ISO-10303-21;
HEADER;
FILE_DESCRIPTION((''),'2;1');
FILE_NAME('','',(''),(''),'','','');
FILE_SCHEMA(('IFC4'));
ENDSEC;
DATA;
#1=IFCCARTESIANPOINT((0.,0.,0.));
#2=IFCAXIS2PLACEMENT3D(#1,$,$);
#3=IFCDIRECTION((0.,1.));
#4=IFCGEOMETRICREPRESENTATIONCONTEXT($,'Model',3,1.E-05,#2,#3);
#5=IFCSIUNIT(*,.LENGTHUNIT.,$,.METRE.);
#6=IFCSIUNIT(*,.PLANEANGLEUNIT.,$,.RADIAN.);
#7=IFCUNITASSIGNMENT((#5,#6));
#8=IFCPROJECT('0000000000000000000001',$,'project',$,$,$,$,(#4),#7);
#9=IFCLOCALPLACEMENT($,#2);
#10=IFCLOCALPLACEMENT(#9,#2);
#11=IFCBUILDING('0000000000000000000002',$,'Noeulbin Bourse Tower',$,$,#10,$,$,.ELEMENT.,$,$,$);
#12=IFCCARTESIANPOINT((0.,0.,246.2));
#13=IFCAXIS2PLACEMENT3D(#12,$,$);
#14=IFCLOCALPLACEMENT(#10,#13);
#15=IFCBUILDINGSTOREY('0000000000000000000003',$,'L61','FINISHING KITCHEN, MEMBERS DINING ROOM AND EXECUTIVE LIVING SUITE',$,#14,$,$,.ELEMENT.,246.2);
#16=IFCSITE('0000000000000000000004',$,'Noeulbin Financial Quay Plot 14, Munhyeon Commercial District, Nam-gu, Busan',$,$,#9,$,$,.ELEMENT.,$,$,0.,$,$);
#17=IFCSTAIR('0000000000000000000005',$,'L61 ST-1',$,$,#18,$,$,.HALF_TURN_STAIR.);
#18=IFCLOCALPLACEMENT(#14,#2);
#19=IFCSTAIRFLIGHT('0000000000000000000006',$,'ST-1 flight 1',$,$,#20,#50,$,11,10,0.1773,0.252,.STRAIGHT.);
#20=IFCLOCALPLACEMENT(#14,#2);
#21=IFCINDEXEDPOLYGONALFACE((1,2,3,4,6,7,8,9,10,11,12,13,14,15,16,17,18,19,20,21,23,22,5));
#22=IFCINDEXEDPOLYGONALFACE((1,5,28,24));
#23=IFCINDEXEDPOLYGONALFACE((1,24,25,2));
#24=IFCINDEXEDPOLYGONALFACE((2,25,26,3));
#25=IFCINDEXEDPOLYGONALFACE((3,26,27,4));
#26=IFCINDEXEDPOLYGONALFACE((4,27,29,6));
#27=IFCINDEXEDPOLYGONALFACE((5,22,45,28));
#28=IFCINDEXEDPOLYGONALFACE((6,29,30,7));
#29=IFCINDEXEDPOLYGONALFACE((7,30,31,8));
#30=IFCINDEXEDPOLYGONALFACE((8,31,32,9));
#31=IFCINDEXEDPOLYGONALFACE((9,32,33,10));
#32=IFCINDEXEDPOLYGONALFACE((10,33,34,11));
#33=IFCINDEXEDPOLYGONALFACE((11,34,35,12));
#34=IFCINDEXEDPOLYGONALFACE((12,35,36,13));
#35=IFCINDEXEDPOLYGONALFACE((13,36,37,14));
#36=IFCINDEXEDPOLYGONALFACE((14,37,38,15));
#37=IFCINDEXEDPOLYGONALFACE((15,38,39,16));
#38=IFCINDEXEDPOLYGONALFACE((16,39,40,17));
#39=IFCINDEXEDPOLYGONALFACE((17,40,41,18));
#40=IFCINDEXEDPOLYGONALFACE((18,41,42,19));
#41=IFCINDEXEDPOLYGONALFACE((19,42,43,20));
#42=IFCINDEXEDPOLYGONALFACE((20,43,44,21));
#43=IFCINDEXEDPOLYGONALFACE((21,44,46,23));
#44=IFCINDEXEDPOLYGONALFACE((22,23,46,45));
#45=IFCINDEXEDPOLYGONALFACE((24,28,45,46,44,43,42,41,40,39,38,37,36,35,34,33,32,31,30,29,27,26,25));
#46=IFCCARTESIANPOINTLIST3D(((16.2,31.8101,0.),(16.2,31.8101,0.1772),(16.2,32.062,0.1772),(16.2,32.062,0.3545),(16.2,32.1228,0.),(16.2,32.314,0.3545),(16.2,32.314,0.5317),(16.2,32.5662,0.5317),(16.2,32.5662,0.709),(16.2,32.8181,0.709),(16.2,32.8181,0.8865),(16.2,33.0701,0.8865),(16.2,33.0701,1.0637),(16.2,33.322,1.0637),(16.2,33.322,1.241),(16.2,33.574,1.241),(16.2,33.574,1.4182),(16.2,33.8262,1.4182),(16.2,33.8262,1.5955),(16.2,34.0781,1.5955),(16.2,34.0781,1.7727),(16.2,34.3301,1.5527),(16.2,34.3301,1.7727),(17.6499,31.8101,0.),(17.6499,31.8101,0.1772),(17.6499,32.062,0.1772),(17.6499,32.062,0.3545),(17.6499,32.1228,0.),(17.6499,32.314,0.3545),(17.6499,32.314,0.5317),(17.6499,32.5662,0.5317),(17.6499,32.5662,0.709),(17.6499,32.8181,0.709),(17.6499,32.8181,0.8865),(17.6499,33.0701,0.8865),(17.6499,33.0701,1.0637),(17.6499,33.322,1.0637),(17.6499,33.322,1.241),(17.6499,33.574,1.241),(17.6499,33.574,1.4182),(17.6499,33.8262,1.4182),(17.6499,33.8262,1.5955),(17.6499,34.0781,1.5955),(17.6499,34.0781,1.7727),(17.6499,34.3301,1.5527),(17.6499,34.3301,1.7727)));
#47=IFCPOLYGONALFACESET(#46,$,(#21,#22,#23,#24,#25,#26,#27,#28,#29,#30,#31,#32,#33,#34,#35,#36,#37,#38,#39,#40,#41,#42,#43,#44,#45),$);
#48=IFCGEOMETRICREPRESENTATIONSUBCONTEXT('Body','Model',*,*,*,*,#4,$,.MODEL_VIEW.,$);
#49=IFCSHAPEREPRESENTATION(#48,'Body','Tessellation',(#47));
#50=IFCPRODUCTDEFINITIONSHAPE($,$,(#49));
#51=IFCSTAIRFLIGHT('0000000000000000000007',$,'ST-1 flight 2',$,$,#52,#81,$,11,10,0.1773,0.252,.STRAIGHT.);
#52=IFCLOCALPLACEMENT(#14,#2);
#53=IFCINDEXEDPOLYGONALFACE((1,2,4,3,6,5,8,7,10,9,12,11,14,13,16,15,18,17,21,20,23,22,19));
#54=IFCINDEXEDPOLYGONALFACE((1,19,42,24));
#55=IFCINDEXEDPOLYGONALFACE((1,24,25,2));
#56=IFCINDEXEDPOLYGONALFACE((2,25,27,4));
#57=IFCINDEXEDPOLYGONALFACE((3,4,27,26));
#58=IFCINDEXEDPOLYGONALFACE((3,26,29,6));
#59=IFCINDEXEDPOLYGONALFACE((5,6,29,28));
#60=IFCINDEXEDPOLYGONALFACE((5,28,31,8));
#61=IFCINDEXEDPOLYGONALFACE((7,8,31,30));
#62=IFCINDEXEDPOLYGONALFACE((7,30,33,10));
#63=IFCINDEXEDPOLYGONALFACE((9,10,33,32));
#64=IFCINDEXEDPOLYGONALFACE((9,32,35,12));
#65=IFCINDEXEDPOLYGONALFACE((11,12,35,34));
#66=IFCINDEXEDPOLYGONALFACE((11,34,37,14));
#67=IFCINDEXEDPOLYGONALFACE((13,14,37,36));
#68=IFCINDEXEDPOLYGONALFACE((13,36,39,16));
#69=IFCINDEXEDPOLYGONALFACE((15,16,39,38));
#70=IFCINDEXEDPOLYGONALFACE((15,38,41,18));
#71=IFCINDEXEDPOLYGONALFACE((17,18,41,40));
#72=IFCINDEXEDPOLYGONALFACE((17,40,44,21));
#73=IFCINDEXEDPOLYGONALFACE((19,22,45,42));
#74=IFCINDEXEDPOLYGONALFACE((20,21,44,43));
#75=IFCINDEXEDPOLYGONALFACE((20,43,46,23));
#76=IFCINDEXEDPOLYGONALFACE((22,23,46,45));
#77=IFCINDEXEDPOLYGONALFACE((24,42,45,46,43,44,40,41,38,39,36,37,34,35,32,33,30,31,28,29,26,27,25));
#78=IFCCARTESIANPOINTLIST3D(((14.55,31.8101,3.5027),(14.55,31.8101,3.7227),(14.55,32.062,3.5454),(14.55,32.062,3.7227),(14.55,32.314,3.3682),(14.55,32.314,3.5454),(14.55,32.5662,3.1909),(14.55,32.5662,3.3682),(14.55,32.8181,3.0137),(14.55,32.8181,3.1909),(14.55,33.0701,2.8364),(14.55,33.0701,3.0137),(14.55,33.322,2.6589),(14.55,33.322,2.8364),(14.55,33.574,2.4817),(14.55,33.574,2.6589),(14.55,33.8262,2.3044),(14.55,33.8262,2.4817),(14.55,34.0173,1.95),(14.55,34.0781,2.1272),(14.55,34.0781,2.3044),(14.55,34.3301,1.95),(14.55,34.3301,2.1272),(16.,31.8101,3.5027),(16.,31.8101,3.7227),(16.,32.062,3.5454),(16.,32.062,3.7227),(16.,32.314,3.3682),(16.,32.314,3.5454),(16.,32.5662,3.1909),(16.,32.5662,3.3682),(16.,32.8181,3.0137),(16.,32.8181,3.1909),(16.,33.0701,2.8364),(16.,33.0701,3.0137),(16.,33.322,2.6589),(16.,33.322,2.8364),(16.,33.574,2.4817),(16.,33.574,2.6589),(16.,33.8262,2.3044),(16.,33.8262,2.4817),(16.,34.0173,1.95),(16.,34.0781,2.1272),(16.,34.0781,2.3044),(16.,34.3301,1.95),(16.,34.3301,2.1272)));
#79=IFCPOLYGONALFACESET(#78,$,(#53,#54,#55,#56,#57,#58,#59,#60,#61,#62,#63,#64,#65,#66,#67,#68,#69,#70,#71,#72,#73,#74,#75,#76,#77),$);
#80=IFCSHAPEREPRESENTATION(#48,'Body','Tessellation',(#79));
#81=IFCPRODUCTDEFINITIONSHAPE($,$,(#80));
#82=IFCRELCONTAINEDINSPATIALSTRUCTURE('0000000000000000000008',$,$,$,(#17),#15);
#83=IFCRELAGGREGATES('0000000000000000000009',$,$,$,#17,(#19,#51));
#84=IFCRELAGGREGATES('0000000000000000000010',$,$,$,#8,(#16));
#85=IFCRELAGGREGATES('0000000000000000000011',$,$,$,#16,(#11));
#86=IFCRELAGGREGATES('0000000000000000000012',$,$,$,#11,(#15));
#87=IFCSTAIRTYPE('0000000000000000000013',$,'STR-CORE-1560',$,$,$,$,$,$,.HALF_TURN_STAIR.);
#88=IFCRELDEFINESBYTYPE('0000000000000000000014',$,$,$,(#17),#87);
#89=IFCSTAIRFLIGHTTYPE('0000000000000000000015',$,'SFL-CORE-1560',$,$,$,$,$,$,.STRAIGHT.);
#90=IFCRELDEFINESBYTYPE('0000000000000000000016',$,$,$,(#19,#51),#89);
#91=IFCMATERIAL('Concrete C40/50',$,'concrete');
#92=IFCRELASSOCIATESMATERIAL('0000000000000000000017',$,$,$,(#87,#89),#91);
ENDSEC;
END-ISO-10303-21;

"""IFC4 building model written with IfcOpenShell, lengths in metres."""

from ifc_helpers import new_model, si_unit, direction, frame, origin, place, context, subcontext, project, spatial, polyline, outline, extrude, material, type_object, element, aggregate, save


model = new_model("IFC4")

# Units and contexts
model_context = context("Model", 3, precision=1e-05, world=origin(), true_north=direction((0.0, 1.0)))
body_context = subcontext(model_context, "Body", "Model", "MODEL_VIEW")
ifc_project = project(units=[si_unit("LENGTHUNIT", "METRE"), si_unit("PLANEANGLEUNIT", "RADIAN")], contexts=[model_context])

# Site, building, storey
site_placement = place(None, origin())
site = spatial("IfcSite", under=ifc_project, at=site_placement, Name="Noeulbin Financial Quay Plot 14, Munhyeon Commercial District, Nam-gu, Busan", CompositionType="ELEMENT", RefElevation=0.0)
building_placement = place(site_placement, origin())
building = spatial("IfcBuilding", under=site, at=building_placement, Name="Noeulbin Bourse Tower", CompositionType="ELEMENT")
storey_placement = place(building_placement, frame((0.0, 0.0, 246.2)))
storey = spatial("IfcBuildingStorey", under=building, at=storey_placement, Name="L61", Description="FINISHING KITCHEN, MEMBERS DINING ROOM AND EXECUTIVE LIVING SUITE", CompositionType="ELEMENT", Elevation=246.2)

# Shared definitions
ifc_material_1 = material(Name="Concrete C40/50", Category="concrete")

# Stair, stair flights
stair_type = type_object("IfcStairType", Name="STR-CORE-1560", PredefinedType="HALF_TURN_STAIR", material=ifc_material_1)
stair_placement = place(storey_placement, origin())
stair = element("IfcStair", 1, at=stair_placement, inside=storey, type_object=stair_type, Name="L61 ST-1", PredefinedType="HALF_TURN_STAIR")
stair_flight_type = type_object("IfcStairFlightType", Name="SFL-CORE-1560", PredefinedType="STRAIGHT", material=ifc_material_1)
stair_flight_1_placement = place(storey_placement, frame((16.925, 31.8101, 0.0), z_axis=(0.0, 0.0, 1.0), x_axis=(0.0, 1.0, 0.0)))
stair_flight_1 = element("IfcStairFlight", 2, at=stair_flight_1_placement, type_object=stair_flight_type, Name="ST-1 flight 1", NumberOfRisers=11, NumberOfTreads=10, PredefinedType="STRAIGHT", RiserHeight=0.1773, TreadLength=0.252, context=body_context, shape_type="SweptSolid", body=[
    extrude(outline(polyline([(0.0, 0.0), (0.0, 0.1772), (0.252, 0.1772), (0.252, 0.3545), (0.5039, 0.3545), (0.5039, 0.5317), (0.7561, 0.5317), (0.7561, 0.709), (1.0081, 0.709), (1.0081, 0.8865), (1.26, 0.8865), (1.26, 1.0637), (1.512, 1.0637), (1.512, 1.241), (1.7639, 1.241), (1.7639, 1.4182), (2.0161, 1.4182), (2.0161, 1.5955), (2.2681, 1.5955), (2.2681, 1.7727), (2.52, 1.7727), (2.52, 1.95), (2.52, 1.5527), (0.3127, 0.0), (0.0, 0.0)])), frame((0.0, 0.7251, 0.0), z_axis=(0.0, -1.0, 0.0), x_axis=(1.0, 0.0, 0.0)), (0.0, 0.0, 1.0), 1.45),
])
stair_flight_2_placement = place(storey_placement, frame((15.2749, 34.3301, 1.95), z_axis=(0.0, 0.0, 1.0), x_axis=(0.0, -1.0, 0.0)))
stair_flight_2 = element("IfcStairFlight", 3, at=stair_flight_2_placement, type_object=stair_flight_type, Name="ST-1 flight 2", NumberOfRisers=11, NumberOfTreads=10, PredefinedType="STRAIGHT", RiserHeight=0.1773, TreadLength=0.252, context=body_context, shape_type="SweptSolid", body=[
    extrude(outline(polyline([(0.0, 0.0), (0.0, 0.1772), (0.252, 0.1772), (0.252, 0.3545), (0.5039, 0.3545), (0.5039, 0.5317), (0.7561, 0.5317), (0.7561, 0.709), (1.0081, 0.709), (1.0081, 0.8865), (1.26, 0.8865), (1.26, 1.0637), (1.512, 1.0637), (1.512, 1.241), (1.7639, 1.241), (1.7639, 1.4182), (2.0161, 1.4182), (2.0161, 1.5955), (2.2681, 1.5955), (2.2681, 1.7727), (2.52, 1.7727), (2.52, 1.95), (2.52, 1.5527), (0.3127, 0.0), (0.0, 0.0)])), frame((0.0, 0.7251, 0.0), z_axis=(0.0, -1.0, 0.0), x_axis=(1.0, 0.0, 0.0)), (0.0, 0.0, 1.0), 1.45),
])
aggregate(stair, [stair_flight_1, stair_flight_2])

save(model, "model.ifc")
